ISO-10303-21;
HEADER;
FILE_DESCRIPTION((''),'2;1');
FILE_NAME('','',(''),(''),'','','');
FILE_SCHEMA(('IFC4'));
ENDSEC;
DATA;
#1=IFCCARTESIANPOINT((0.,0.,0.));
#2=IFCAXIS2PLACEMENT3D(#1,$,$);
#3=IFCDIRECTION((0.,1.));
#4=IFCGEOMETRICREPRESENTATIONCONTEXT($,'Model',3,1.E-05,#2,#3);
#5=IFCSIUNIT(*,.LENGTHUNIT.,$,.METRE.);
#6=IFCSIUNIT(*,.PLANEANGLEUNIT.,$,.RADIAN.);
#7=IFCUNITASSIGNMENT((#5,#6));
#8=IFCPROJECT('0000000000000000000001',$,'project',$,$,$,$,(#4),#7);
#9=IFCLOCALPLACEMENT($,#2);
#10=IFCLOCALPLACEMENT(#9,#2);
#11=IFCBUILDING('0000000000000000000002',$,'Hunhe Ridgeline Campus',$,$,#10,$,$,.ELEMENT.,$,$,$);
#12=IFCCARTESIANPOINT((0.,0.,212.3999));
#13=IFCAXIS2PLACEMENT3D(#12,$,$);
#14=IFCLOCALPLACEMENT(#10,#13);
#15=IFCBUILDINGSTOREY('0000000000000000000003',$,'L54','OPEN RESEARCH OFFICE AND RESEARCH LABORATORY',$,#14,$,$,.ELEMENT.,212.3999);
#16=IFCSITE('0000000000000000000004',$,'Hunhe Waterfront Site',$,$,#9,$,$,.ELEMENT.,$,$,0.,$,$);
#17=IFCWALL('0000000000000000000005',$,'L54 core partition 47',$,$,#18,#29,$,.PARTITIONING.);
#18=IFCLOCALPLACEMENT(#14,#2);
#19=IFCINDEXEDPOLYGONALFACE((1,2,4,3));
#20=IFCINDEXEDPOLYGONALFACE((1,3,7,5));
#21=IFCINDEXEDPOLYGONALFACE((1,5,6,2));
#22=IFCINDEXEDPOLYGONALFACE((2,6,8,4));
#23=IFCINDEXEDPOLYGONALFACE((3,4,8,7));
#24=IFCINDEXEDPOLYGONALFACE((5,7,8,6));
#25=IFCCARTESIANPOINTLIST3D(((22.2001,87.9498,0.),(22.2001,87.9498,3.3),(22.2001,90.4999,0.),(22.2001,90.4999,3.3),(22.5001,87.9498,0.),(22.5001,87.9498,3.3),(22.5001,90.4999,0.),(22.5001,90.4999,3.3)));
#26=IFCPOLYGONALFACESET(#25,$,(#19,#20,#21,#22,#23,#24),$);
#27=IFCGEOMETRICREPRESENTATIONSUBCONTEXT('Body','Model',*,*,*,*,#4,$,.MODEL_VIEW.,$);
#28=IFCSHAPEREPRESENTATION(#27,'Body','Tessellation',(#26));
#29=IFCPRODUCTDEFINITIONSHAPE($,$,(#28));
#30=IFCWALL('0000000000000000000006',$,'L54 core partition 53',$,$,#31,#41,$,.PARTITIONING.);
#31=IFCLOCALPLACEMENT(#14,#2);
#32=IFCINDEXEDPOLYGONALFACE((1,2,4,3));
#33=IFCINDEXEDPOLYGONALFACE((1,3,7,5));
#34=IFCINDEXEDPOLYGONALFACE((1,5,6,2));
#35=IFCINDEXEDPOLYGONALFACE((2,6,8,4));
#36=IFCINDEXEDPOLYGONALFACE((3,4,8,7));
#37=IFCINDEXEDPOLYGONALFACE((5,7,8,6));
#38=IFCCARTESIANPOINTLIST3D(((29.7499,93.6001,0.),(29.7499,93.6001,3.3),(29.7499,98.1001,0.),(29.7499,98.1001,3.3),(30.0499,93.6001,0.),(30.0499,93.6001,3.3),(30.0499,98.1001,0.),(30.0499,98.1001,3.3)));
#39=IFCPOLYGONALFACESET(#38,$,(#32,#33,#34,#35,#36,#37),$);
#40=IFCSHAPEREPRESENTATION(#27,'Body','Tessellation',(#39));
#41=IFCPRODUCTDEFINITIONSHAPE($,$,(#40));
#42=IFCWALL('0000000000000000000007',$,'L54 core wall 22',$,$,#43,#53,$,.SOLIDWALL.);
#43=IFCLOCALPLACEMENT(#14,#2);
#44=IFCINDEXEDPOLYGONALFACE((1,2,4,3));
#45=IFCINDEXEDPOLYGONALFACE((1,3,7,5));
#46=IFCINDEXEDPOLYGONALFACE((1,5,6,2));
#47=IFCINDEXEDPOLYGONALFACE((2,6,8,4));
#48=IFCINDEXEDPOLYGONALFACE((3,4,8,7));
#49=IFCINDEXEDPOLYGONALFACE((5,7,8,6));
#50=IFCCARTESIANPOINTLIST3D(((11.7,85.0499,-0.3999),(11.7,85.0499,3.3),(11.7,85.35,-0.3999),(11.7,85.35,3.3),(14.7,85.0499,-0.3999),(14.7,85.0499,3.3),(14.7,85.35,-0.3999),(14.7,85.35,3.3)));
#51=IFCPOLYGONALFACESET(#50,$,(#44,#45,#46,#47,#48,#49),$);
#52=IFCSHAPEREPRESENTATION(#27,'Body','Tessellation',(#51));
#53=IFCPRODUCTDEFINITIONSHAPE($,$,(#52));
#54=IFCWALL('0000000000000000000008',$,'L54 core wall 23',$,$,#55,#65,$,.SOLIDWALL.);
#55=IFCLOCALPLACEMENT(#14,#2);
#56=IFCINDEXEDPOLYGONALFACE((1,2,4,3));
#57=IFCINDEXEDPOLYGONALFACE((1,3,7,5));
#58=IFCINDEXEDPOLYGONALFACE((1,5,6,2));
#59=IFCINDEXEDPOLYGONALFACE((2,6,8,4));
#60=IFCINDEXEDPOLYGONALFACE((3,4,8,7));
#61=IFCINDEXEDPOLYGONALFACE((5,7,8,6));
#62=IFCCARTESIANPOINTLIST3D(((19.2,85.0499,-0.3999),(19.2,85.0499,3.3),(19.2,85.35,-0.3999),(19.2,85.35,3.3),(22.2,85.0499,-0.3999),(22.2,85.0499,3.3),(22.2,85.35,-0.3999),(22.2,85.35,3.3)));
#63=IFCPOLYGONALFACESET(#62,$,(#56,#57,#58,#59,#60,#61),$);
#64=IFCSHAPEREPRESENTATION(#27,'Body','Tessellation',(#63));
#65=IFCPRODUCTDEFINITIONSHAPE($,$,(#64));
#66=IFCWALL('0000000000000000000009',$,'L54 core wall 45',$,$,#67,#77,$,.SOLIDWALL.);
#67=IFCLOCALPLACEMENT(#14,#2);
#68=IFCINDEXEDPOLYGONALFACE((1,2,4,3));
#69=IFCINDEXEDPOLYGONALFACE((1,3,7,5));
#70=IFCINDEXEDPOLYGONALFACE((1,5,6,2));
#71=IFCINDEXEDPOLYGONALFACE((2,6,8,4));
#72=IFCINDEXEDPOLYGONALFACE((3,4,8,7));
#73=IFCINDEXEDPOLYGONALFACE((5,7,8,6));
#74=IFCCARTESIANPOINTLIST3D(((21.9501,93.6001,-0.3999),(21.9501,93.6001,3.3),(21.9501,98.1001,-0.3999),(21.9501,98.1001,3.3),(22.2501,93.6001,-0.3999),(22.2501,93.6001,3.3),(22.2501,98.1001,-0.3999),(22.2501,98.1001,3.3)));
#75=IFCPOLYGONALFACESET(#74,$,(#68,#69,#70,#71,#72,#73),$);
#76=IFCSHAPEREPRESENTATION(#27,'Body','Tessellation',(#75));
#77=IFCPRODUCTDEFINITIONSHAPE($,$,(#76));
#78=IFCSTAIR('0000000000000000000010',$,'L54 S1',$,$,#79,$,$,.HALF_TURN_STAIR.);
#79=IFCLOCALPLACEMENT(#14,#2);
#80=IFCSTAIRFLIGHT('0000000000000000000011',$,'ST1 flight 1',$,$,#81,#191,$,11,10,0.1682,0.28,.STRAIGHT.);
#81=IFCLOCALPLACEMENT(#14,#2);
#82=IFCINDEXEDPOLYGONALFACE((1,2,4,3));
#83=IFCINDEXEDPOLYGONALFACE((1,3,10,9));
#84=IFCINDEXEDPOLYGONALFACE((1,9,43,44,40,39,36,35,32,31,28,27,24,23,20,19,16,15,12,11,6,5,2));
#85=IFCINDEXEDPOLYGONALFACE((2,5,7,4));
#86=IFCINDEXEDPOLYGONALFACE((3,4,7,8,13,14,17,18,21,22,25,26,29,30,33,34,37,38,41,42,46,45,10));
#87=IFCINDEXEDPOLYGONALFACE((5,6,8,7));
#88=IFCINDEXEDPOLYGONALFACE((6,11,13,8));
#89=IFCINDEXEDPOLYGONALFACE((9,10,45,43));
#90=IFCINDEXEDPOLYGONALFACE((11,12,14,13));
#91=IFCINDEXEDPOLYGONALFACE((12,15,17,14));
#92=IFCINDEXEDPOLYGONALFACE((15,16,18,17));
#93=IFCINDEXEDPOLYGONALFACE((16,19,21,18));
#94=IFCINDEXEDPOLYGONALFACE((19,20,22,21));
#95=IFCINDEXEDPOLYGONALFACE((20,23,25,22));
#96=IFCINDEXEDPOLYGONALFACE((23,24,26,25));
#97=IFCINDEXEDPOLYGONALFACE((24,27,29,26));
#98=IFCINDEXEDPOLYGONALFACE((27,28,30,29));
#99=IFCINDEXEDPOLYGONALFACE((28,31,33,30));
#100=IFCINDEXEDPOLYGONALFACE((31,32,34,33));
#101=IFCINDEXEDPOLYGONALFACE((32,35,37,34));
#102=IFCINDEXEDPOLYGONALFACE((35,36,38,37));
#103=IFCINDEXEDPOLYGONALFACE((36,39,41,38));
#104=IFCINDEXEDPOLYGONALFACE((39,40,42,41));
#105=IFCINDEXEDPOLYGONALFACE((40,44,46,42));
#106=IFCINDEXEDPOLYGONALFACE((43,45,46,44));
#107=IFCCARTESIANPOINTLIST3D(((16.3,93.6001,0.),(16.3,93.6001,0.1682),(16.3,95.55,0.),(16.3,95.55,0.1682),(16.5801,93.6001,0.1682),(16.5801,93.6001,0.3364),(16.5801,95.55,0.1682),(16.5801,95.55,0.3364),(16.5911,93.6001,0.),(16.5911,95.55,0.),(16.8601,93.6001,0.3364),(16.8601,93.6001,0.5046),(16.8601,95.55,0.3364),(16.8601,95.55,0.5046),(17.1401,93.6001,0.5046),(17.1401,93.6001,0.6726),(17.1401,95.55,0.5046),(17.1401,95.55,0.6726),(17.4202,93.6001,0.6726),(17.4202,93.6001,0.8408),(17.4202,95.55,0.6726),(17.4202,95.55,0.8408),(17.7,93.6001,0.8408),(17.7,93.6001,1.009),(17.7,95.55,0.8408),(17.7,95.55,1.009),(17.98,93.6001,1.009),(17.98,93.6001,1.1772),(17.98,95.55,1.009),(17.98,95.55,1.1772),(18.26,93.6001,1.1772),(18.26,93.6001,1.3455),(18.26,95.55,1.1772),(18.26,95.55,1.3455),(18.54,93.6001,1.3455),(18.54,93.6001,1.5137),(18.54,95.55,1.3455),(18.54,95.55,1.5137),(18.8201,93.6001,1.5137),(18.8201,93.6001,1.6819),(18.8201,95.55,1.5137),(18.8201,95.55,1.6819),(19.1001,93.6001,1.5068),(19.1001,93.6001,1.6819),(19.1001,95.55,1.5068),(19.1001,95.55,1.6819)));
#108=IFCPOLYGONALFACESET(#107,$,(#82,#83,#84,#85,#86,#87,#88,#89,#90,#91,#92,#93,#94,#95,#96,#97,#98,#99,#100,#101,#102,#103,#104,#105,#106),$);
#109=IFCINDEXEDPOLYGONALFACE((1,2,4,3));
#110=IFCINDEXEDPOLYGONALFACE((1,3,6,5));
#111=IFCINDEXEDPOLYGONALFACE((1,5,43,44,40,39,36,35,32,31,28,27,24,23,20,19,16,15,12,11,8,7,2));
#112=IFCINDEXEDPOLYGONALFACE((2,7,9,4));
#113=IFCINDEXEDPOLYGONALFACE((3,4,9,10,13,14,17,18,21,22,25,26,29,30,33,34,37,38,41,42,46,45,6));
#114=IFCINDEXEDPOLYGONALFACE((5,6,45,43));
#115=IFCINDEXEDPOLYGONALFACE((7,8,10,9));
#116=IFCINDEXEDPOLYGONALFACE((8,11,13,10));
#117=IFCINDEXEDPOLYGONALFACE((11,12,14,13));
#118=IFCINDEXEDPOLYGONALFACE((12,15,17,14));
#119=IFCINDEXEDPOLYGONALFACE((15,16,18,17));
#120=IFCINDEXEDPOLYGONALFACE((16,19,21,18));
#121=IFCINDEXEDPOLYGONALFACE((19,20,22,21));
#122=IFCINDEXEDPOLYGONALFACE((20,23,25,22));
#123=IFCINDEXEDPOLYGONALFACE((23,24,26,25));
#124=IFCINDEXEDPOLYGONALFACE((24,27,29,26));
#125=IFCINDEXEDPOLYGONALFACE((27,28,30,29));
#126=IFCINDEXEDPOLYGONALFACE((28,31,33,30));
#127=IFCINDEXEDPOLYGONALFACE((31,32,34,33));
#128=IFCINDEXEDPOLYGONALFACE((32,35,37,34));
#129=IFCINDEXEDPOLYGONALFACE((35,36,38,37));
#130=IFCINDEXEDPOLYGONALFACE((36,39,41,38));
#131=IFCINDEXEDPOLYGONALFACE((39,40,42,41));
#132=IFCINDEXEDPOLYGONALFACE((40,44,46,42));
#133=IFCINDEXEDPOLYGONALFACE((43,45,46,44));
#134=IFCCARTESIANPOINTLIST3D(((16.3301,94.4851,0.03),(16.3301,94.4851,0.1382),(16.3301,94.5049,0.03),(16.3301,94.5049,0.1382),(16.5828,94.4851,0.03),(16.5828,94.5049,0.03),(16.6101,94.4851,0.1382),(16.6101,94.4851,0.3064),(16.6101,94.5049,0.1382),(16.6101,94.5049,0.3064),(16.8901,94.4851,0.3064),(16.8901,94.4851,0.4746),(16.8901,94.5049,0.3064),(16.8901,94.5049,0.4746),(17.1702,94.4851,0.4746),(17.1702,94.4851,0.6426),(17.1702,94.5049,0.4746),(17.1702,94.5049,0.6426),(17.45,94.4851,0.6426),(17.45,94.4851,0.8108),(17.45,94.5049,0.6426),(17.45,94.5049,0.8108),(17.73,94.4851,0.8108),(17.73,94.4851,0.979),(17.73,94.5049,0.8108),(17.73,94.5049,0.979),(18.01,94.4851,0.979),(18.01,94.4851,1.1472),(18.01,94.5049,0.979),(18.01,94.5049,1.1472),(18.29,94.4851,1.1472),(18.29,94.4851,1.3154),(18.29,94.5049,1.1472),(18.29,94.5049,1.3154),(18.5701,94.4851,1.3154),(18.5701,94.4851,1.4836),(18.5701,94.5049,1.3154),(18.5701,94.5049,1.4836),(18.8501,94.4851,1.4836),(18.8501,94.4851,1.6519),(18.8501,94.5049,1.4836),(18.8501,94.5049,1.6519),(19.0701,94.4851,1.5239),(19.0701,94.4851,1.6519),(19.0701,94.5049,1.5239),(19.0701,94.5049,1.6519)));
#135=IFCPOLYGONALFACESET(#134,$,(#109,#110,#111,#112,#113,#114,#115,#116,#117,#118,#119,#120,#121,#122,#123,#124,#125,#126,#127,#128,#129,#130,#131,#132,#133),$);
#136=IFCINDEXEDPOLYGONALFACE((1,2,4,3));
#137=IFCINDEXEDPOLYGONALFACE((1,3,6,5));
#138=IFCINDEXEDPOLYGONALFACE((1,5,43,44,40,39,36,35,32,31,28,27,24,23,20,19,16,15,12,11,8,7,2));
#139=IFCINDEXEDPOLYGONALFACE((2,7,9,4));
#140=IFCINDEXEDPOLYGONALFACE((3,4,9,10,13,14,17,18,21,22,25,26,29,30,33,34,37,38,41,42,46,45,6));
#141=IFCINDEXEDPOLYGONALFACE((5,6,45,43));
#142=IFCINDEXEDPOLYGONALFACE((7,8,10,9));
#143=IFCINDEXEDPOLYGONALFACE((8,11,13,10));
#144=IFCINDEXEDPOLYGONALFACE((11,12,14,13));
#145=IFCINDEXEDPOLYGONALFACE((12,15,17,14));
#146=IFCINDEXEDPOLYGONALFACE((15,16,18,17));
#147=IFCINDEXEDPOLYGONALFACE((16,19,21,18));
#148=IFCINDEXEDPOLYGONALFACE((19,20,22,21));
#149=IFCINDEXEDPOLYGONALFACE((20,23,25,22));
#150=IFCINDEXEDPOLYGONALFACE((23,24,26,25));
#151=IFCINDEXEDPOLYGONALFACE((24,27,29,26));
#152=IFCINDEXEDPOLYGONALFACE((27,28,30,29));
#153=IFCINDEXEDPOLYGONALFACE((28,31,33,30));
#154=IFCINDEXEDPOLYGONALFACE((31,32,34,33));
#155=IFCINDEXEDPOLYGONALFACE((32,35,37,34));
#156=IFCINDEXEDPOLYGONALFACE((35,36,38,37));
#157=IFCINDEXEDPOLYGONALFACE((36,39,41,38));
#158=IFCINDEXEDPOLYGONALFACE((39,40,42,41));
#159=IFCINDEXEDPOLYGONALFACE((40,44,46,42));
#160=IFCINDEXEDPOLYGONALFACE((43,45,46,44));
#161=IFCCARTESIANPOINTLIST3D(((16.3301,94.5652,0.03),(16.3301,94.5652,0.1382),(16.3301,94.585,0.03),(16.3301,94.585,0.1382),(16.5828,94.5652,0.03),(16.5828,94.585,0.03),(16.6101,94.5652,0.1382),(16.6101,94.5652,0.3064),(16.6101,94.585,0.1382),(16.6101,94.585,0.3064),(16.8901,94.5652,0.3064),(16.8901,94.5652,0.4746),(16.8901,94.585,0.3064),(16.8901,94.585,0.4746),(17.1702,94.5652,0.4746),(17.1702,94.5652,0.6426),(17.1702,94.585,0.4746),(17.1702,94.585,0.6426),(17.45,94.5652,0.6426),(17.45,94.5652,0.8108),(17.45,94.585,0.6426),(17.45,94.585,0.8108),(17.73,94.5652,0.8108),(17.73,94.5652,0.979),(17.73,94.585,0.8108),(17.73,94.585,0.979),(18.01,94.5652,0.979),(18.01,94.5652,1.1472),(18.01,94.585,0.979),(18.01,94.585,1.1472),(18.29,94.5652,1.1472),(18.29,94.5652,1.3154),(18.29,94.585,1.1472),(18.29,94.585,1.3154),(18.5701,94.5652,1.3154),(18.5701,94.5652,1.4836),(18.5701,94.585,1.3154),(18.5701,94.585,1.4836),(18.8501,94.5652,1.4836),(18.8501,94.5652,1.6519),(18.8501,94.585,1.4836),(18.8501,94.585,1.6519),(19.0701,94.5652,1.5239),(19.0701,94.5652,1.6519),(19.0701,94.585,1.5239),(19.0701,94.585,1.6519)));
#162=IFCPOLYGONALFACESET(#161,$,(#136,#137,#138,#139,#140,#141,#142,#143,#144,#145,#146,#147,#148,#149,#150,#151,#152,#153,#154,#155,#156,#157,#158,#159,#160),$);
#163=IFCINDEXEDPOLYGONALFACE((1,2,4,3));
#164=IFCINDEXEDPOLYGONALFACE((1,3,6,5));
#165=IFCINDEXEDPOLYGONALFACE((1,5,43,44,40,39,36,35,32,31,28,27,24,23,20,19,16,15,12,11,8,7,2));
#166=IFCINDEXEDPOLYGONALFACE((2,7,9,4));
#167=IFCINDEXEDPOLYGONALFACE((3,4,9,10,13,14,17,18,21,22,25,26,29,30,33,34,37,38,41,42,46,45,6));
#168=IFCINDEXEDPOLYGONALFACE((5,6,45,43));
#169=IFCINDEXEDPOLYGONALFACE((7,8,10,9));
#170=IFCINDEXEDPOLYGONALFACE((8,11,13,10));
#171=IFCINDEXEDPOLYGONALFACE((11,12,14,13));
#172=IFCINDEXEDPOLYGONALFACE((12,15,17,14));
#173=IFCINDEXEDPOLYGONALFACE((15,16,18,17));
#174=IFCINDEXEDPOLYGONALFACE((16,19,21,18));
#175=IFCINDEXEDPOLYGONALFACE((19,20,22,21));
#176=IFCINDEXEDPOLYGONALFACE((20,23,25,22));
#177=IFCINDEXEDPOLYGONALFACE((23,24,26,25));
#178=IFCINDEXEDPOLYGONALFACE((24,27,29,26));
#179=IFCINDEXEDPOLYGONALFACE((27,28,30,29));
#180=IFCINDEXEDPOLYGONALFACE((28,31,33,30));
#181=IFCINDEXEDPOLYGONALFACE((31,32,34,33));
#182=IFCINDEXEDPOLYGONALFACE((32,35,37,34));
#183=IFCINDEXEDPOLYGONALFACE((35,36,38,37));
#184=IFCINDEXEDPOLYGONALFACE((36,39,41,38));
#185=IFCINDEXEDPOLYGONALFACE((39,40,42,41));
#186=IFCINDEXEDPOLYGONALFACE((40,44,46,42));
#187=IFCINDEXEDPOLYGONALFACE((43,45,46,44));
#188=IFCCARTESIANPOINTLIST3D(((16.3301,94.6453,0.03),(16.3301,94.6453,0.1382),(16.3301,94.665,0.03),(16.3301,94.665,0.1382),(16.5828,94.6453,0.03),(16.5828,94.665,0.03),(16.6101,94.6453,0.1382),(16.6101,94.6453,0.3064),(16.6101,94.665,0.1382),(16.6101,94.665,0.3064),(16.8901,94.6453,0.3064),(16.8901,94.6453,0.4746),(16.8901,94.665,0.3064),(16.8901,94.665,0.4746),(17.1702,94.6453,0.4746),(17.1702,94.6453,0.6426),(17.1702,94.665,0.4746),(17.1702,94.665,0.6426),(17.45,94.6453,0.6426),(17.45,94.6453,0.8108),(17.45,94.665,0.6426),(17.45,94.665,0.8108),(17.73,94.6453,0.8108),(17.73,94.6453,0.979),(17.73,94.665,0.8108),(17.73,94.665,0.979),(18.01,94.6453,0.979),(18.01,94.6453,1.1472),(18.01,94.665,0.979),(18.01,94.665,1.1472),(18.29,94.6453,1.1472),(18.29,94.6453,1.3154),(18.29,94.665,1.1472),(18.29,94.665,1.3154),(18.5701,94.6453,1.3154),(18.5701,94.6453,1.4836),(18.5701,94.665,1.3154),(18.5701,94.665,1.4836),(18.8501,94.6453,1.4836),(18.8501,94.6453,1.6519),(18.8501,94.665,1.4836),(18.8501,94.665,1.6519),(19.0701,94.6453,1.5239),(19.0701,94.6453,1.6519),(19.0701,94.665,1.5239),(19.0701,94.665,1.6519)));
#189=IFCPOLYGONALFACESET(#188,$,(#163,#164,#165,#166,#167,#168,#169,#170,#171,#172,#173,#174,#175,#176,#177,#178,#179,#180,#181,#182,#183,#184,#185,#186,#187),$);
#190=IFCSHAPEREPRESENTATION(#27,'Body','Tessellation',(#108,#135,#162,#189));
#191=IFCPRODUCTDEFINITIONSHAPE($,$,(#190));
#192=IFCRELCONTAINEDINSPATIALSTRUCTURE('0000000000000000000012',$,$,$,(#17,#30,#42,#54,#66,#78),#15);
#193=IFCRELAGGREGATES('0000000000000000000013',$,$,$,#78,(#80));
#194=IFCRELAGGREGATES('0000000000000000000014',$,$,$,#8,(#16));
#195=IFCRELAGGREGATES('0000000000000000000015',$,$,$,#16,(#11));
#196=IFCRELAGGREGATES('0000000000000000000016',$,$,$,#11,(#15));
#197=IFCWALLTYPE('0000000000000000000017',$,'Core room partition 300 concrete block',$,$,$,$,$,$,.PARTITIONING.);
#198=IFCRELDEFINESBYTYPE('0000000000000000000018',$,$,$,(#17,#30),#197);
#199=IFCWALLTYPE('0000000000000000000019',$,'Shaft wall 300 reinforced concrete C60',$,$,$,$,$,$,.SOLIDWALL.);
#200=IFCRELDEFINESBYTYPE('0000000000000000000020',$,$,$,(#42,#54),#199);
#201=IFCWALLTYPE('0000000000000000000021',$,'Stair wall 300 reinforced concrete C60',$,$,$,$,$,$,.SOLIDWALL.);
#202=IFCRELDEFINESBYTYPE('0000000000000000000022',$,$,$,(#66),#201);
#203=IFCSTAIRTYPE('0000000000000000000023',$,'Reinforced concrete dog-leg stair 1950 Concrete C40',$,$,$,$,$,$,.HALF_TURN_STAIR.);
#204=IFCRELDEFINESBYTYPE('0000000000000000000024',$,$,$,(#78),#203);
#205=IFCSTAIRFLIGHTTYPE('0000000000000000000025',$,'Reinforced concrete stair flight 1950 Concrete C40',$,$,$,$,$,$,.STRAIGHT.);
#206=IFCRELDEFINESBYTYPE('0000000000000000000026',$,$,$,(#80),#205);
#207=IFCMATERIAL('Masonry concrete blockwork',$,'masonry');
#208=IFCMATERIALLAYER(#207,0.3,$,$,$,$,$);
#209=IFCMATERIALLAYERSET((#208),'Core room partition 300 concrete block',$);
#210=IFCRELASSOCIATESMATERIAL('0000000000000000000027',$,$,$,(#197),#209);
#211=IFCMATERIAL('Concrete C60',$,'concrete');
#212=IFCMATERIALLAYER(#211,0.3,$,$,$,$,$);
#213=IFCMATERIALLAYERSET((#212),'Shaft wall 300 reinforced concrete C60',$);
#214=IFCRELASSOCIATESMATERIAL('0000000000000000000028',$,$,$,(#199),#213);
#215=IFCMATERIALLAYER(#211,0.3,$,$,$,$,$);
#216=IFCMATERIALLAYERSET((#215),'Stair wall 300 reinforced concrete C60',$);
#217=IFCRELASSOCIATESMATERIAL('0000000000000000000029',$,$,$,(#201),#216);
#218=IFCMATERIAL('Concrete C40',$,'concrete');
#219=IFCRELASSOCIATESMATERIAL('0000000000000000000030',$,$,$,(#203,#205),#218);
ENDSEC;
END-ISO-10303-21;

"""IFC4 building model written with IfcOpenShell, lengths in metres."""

from ifc_helpers import new_model, si_unit, direction, frame, frame_2d, origin, place, context, subcontext, project, spatial, polyline, rectangle, outline, extrude, material, layer, layer_set, type_object, element, aggregate, save


model = new_model("IFC4")

# Units and contexts
model_context = context("Model", 3, precision=1e-05, world=origin(), true_north=direction((0.0, 1.0)))
body_context = subcontext(model_context, "Body", "Model", "MODEL_VIEW")
ifc_project = project(units=[si_unit("LENGTHUNIT", "METRE"), si_unit("PLANEANGLEUNIT", "RADIAN")], contexts=[model_context])

# Site, building, storey
site_placement = place(None, origin())
site = spatial("IfcSite", under=ifc_project, at=site_placement, Name="Hunhe Waterfront Site", CompositionType="ELEMENT", RefElevation=0.0)
building_placement = place(site_placement, origin())
building = spatial("IfcBuilding", under=site, at=building_placement, Name="Hunhe Ridgeline Campus", CompositionType="ELEMENT")
storey_placement = place(building_placement, frame((0.0, 0.0, 212.3999)))
storey = spatial("IfcBuildingStorey", under=building, at=storey_placement, Name="L54", Description="OPEN RESEARCH OFFICE AND RESEARCH LABORATORY", CompositionType="ELEMENT", Elevation=212.3999)

# Walls
ifc_material_1 = material(Name="Masonry concrete blockwork", Category="masonry")
ifc_layer_1 = layer(ifc_material_1, 0.3)
ifc_layer_set_1 = layer_set([ifc_layer_1], Name="Core room partition 300 concrete block")
wall_type_1 = type_object("IfcWallType", Name="Core room partition 300 concrete block", PredefinedType="PARTITIONING", material=ifc_layer_set_1)
wall_1_placement = place(storey_placement, frame((22.3501, 87.95, 0.0), z_axis=(0.0, 0.0, 1.0), x_axis=(0.0, 1.0, 0.0)))
element("IfcWall", 1, at=wall_1_placement, inside=storey, type_object=wall_type_1, Name="L54 core partition 47", PredefinedType="PARTITIONING", context=body_context, shape_type="SweptSolid", body=[
    extrude(rectangle(XDim=2.55, YDim=0.3, at=frame_2d((1.2749, 0.0))), origin(), (0.0, 0.0, 1.0), 3.3),
])
wall_2_placement = place(storey_placement, frame((29.8999, 93.6001, 0.0), z_axis=(0.0, 0.0, 1.0), x_axis=(0.0, 1.0, 0.0)))
element("IfcWall", 2, at=wall_2_placement, inside=storey, type_object=wall_type_1, Name="L54 core partition 53", PredefinedType="PARTITIONING", context=body_context, shape_type="SweptSolid", body=[
    extrude(rectangle(XDim=4.5, YDim=0.3, at=frame_2d((2.25, 0.0))), origin(), (0.0, 0.0, 1.0), 3.3),
])
ifc_material_2 = material(Name="Concrete C60", Category="concrete")
ifc_layer_2 = layer(ifc_material_2, 0.3)
ifc_layer_set_2 = layer_set([ifc_layer_2], Name="Shaft wall 300 reinforced concrete C60")
wall_type_2 = type_object("IfcWallType", Name="Shaft wall 300 reinforced concrete C60", PredefinedType="SOLIDWALL", material=ifc_layer_set_2)
for number, where, z_axis, x_axis, name in (
    (3, (11.7, 85.2, -0.3999), (0.0, 0.0, 1.0), (1.0, 0.0, 0.0), "L54 core wall 22"),
    (4, (19.2, 85.2, -0.3999), (0.0, 0.0, 1.0), (1.0, 0.0, 0.0), "L54 core wall 23"),
):
    element("IfcWall", number, at=place(storey_placement, frame(where, z_axis=z_axis, x_axis=x_axis)), inside=storey, type_object=wall_type_2, Name=name, PredefinedType="SOLIDWALL", context=body_context, shape_type="SweptSolid", body=[
        extrude(rectangle(XDim=3.0, YDim=0.3, at=frame_2d((1.5, 0.0))), origin(), (0.0, 0.0, 1.0), 3.7),
    ])

# Shared definitions
ifc_layer_3 = layer(ifc_material_2, 0.3)
ifc_layer_set_3 = layer_set([ifc_layer_3], Name="Stair wall 300 reinforced concrete C60")
wall_type_3 = type_object("IfcWallType", Name="Stair wall 300 reinforced concrete C60", PredefinedType="SOLIDWALL", material=ifc_layer_set_3)

# Wall
wall_3_placement = place(storey_placement, frame((22.1001, 93.6001, -0.3999), z_axis=(0.0, 0.0, 1.0), x_axis=(0.0, 1.0, 0.0)))
element("IfcWall", 5, at=wall_3_placement, inside=storey, type_object=wall_type_3, Name="L54 core wall 45", PredefinedType="SOLIDWALL", context=body_context, shape_type="SweptSolid", body=[
    extrude(rectangle(XDim=4.5, YDim=0.3, at=frame_2d((2.25, 0.0))), origin(), (0.0, 0.0, 1.0), 3.7),
])

# Stair, stair flight
ifc_material_3 = material(Name="Concrete C40", Category="concrete")
stair_type = type_object("IfcStairType", Name="Reinforced concrete dog-leg stair 1950 Concrete C40", PredefinedType="HALF_TURN_STAIR", material=ifc_material_3)
stair_placement = place(storey_placement, origin())
stair = element("IfcStair", 6, at=stair_placement, inside=storey, type_object=stair_type, Name="L54 S1", PredefinedType="HALF_TURN_STAIR")
stair_flight_type = type_object("IfcStairFlightType", Name="Reinforced concrete stair flight 1950 Concrete C40", PredefinedType="STRAIGHT", material=ifc_material_3)
stair_flight_1_placement = place(storey_placement, frame((16.3, 94.575, 0.0), z_axis=(0.0, 0.0, 1.0), x_axis=(1.0, 0.0, 0.0)))
stair_flight_1 = element("IfcStairFlight", 7, at=stair_flight_1_placement, type_object=stair_flight_type, Name="ST1 flight 1", NumberOfRisers=11, NumberOfTreads=10, PredefinedType="STRAIGHT", RiserHeight=0.1682, TreadLength=0.28, context=body_context, shape_type="SweptSolid", body=[
    extrude(outline(polyline([(0.0, 0.0), (0.0, 0.1682), (0.28, 0.1682), (0.28, 0.3364), (0.5601, 0.3364), (0.5601, 0.5046), (0.8401, 0.5046), (0.8401, 0.6726), (1.1201, 0.6726), (1.1201, 0.8408), (1.3999, 0.8408), (1.3999, 1.009), (1.6799, 1.009), (1.6799, 1.1772), (1.96, 1.1772), (1.96, 1.3455), (2.24, 1.3455), (2.24, 1.5137), (2.52, 1.5137), (2.52, 1.6819), (2.8, 1.6819), (2.8, 1.8501), (2.8, 1.5068), (0.291, 0.0), (0.0, 0.0)])), frame((0.0, 0.9751, 0.0), z_axis=(0.0, -1.0, 0.0), x_axis=(1.0, 0.0, 0.0)), (0.0, 0.0, 1.0), 1.95),
    extrude(outline(polyline([(0.03, 0.03), (0.03, 0.1382), (0.3101, 0.1382), (0.3101, 0.3064), (0.5901, 0.3064), (0.5901, 0.4746), (0.8701, 0.4746), (0.8701, 0.6426), (1.1499, 0.6426), (1.1499, 0.8108), (1.4299, 0.8108), (1.4299, 0.979), (1.71, 0.979), (1.71, 1.1472), (1.99, 1.1472), (1.99, 1.3154), (2.27, 1.3154), (2.27, 1.4836), (2.55, 1.4836), (2.55, 1.6519), (2.77, 1.6519), (2.77, 1.5239), (0.2827, 0.03), (0.03, 0.03)])), frame((0.0, -0.0701, 0.0), z_axis=(0.0, -1.0, 0.0), x_axis=(1.0, 0.0, 0.0)), (0.0, 0.0, 1.0), 0.0198),
    extrude(outline(polyline([(0.03, 0.03), (0.03, 0.1382), (0.3101, 0.1382), (0.3101, 0.3064), (0.5901, 0.3064), (0.5901, 0.4746), (0.8701, 0.4746), (0.8701, 0.6426), (1.1499, 0.6426), (1.1499, 0.8108), (1.4299, 0.8108), (1.4299, 0.979), (1.71, 0.979), (1.71, 1.1472), (1.99, 1.1472), (1.99, 1.3154), (2.27, 1.3154), (2.27, 1.4836), (2.55, 1.4836), (2.55, 1.6519), (2.77, 1.6519), (2.77, 1.5239), (0.2827, 0.03), (0.03, 0.03)])), frame((0.0, 0.01, 0.0), z_axis=(0.0, -1.0, 0.0), x_axis=(1.0, 0.0, 0.0)), (0.0, 0.0, 1.0), 0.0198),
    extrude(outline(polyline([(0.03, 0.03), (0.03, 0.1382), (0.3101, 0.1382), (0.3101, 0.3064), (0.5901, 0.3064), (0.5901, 0.4746), (0.8701, 0.4746), (0.8701, 0.6426), (1.1499, 0.6426), (1.1499, 0.8108), (1.4299, 0.8108), (1.4299, 0.979), (1.71, 0.979), (1.71, 1.1472), (1.99, 1.1472), (1.99, 1.3154), (2.27, 1.3154), (2.27, 1.4836), (2.55, 1.4836), (2.55, 1.6519), (2.77, 1.6519), (2.77, 1.5239), (0.2827, 0.03), (0.03, 0.03)])), frame((0.0, 0.0901, 0.0), z_axis=(0.0, -1.0, 0.0), x_axis=(1.0, 0.0, 0.0)), (0.0, 0.0, 1.0), 0.0198),
])
aggregate(stair, [stair_flight_1])

save(model, "model.ifc")
